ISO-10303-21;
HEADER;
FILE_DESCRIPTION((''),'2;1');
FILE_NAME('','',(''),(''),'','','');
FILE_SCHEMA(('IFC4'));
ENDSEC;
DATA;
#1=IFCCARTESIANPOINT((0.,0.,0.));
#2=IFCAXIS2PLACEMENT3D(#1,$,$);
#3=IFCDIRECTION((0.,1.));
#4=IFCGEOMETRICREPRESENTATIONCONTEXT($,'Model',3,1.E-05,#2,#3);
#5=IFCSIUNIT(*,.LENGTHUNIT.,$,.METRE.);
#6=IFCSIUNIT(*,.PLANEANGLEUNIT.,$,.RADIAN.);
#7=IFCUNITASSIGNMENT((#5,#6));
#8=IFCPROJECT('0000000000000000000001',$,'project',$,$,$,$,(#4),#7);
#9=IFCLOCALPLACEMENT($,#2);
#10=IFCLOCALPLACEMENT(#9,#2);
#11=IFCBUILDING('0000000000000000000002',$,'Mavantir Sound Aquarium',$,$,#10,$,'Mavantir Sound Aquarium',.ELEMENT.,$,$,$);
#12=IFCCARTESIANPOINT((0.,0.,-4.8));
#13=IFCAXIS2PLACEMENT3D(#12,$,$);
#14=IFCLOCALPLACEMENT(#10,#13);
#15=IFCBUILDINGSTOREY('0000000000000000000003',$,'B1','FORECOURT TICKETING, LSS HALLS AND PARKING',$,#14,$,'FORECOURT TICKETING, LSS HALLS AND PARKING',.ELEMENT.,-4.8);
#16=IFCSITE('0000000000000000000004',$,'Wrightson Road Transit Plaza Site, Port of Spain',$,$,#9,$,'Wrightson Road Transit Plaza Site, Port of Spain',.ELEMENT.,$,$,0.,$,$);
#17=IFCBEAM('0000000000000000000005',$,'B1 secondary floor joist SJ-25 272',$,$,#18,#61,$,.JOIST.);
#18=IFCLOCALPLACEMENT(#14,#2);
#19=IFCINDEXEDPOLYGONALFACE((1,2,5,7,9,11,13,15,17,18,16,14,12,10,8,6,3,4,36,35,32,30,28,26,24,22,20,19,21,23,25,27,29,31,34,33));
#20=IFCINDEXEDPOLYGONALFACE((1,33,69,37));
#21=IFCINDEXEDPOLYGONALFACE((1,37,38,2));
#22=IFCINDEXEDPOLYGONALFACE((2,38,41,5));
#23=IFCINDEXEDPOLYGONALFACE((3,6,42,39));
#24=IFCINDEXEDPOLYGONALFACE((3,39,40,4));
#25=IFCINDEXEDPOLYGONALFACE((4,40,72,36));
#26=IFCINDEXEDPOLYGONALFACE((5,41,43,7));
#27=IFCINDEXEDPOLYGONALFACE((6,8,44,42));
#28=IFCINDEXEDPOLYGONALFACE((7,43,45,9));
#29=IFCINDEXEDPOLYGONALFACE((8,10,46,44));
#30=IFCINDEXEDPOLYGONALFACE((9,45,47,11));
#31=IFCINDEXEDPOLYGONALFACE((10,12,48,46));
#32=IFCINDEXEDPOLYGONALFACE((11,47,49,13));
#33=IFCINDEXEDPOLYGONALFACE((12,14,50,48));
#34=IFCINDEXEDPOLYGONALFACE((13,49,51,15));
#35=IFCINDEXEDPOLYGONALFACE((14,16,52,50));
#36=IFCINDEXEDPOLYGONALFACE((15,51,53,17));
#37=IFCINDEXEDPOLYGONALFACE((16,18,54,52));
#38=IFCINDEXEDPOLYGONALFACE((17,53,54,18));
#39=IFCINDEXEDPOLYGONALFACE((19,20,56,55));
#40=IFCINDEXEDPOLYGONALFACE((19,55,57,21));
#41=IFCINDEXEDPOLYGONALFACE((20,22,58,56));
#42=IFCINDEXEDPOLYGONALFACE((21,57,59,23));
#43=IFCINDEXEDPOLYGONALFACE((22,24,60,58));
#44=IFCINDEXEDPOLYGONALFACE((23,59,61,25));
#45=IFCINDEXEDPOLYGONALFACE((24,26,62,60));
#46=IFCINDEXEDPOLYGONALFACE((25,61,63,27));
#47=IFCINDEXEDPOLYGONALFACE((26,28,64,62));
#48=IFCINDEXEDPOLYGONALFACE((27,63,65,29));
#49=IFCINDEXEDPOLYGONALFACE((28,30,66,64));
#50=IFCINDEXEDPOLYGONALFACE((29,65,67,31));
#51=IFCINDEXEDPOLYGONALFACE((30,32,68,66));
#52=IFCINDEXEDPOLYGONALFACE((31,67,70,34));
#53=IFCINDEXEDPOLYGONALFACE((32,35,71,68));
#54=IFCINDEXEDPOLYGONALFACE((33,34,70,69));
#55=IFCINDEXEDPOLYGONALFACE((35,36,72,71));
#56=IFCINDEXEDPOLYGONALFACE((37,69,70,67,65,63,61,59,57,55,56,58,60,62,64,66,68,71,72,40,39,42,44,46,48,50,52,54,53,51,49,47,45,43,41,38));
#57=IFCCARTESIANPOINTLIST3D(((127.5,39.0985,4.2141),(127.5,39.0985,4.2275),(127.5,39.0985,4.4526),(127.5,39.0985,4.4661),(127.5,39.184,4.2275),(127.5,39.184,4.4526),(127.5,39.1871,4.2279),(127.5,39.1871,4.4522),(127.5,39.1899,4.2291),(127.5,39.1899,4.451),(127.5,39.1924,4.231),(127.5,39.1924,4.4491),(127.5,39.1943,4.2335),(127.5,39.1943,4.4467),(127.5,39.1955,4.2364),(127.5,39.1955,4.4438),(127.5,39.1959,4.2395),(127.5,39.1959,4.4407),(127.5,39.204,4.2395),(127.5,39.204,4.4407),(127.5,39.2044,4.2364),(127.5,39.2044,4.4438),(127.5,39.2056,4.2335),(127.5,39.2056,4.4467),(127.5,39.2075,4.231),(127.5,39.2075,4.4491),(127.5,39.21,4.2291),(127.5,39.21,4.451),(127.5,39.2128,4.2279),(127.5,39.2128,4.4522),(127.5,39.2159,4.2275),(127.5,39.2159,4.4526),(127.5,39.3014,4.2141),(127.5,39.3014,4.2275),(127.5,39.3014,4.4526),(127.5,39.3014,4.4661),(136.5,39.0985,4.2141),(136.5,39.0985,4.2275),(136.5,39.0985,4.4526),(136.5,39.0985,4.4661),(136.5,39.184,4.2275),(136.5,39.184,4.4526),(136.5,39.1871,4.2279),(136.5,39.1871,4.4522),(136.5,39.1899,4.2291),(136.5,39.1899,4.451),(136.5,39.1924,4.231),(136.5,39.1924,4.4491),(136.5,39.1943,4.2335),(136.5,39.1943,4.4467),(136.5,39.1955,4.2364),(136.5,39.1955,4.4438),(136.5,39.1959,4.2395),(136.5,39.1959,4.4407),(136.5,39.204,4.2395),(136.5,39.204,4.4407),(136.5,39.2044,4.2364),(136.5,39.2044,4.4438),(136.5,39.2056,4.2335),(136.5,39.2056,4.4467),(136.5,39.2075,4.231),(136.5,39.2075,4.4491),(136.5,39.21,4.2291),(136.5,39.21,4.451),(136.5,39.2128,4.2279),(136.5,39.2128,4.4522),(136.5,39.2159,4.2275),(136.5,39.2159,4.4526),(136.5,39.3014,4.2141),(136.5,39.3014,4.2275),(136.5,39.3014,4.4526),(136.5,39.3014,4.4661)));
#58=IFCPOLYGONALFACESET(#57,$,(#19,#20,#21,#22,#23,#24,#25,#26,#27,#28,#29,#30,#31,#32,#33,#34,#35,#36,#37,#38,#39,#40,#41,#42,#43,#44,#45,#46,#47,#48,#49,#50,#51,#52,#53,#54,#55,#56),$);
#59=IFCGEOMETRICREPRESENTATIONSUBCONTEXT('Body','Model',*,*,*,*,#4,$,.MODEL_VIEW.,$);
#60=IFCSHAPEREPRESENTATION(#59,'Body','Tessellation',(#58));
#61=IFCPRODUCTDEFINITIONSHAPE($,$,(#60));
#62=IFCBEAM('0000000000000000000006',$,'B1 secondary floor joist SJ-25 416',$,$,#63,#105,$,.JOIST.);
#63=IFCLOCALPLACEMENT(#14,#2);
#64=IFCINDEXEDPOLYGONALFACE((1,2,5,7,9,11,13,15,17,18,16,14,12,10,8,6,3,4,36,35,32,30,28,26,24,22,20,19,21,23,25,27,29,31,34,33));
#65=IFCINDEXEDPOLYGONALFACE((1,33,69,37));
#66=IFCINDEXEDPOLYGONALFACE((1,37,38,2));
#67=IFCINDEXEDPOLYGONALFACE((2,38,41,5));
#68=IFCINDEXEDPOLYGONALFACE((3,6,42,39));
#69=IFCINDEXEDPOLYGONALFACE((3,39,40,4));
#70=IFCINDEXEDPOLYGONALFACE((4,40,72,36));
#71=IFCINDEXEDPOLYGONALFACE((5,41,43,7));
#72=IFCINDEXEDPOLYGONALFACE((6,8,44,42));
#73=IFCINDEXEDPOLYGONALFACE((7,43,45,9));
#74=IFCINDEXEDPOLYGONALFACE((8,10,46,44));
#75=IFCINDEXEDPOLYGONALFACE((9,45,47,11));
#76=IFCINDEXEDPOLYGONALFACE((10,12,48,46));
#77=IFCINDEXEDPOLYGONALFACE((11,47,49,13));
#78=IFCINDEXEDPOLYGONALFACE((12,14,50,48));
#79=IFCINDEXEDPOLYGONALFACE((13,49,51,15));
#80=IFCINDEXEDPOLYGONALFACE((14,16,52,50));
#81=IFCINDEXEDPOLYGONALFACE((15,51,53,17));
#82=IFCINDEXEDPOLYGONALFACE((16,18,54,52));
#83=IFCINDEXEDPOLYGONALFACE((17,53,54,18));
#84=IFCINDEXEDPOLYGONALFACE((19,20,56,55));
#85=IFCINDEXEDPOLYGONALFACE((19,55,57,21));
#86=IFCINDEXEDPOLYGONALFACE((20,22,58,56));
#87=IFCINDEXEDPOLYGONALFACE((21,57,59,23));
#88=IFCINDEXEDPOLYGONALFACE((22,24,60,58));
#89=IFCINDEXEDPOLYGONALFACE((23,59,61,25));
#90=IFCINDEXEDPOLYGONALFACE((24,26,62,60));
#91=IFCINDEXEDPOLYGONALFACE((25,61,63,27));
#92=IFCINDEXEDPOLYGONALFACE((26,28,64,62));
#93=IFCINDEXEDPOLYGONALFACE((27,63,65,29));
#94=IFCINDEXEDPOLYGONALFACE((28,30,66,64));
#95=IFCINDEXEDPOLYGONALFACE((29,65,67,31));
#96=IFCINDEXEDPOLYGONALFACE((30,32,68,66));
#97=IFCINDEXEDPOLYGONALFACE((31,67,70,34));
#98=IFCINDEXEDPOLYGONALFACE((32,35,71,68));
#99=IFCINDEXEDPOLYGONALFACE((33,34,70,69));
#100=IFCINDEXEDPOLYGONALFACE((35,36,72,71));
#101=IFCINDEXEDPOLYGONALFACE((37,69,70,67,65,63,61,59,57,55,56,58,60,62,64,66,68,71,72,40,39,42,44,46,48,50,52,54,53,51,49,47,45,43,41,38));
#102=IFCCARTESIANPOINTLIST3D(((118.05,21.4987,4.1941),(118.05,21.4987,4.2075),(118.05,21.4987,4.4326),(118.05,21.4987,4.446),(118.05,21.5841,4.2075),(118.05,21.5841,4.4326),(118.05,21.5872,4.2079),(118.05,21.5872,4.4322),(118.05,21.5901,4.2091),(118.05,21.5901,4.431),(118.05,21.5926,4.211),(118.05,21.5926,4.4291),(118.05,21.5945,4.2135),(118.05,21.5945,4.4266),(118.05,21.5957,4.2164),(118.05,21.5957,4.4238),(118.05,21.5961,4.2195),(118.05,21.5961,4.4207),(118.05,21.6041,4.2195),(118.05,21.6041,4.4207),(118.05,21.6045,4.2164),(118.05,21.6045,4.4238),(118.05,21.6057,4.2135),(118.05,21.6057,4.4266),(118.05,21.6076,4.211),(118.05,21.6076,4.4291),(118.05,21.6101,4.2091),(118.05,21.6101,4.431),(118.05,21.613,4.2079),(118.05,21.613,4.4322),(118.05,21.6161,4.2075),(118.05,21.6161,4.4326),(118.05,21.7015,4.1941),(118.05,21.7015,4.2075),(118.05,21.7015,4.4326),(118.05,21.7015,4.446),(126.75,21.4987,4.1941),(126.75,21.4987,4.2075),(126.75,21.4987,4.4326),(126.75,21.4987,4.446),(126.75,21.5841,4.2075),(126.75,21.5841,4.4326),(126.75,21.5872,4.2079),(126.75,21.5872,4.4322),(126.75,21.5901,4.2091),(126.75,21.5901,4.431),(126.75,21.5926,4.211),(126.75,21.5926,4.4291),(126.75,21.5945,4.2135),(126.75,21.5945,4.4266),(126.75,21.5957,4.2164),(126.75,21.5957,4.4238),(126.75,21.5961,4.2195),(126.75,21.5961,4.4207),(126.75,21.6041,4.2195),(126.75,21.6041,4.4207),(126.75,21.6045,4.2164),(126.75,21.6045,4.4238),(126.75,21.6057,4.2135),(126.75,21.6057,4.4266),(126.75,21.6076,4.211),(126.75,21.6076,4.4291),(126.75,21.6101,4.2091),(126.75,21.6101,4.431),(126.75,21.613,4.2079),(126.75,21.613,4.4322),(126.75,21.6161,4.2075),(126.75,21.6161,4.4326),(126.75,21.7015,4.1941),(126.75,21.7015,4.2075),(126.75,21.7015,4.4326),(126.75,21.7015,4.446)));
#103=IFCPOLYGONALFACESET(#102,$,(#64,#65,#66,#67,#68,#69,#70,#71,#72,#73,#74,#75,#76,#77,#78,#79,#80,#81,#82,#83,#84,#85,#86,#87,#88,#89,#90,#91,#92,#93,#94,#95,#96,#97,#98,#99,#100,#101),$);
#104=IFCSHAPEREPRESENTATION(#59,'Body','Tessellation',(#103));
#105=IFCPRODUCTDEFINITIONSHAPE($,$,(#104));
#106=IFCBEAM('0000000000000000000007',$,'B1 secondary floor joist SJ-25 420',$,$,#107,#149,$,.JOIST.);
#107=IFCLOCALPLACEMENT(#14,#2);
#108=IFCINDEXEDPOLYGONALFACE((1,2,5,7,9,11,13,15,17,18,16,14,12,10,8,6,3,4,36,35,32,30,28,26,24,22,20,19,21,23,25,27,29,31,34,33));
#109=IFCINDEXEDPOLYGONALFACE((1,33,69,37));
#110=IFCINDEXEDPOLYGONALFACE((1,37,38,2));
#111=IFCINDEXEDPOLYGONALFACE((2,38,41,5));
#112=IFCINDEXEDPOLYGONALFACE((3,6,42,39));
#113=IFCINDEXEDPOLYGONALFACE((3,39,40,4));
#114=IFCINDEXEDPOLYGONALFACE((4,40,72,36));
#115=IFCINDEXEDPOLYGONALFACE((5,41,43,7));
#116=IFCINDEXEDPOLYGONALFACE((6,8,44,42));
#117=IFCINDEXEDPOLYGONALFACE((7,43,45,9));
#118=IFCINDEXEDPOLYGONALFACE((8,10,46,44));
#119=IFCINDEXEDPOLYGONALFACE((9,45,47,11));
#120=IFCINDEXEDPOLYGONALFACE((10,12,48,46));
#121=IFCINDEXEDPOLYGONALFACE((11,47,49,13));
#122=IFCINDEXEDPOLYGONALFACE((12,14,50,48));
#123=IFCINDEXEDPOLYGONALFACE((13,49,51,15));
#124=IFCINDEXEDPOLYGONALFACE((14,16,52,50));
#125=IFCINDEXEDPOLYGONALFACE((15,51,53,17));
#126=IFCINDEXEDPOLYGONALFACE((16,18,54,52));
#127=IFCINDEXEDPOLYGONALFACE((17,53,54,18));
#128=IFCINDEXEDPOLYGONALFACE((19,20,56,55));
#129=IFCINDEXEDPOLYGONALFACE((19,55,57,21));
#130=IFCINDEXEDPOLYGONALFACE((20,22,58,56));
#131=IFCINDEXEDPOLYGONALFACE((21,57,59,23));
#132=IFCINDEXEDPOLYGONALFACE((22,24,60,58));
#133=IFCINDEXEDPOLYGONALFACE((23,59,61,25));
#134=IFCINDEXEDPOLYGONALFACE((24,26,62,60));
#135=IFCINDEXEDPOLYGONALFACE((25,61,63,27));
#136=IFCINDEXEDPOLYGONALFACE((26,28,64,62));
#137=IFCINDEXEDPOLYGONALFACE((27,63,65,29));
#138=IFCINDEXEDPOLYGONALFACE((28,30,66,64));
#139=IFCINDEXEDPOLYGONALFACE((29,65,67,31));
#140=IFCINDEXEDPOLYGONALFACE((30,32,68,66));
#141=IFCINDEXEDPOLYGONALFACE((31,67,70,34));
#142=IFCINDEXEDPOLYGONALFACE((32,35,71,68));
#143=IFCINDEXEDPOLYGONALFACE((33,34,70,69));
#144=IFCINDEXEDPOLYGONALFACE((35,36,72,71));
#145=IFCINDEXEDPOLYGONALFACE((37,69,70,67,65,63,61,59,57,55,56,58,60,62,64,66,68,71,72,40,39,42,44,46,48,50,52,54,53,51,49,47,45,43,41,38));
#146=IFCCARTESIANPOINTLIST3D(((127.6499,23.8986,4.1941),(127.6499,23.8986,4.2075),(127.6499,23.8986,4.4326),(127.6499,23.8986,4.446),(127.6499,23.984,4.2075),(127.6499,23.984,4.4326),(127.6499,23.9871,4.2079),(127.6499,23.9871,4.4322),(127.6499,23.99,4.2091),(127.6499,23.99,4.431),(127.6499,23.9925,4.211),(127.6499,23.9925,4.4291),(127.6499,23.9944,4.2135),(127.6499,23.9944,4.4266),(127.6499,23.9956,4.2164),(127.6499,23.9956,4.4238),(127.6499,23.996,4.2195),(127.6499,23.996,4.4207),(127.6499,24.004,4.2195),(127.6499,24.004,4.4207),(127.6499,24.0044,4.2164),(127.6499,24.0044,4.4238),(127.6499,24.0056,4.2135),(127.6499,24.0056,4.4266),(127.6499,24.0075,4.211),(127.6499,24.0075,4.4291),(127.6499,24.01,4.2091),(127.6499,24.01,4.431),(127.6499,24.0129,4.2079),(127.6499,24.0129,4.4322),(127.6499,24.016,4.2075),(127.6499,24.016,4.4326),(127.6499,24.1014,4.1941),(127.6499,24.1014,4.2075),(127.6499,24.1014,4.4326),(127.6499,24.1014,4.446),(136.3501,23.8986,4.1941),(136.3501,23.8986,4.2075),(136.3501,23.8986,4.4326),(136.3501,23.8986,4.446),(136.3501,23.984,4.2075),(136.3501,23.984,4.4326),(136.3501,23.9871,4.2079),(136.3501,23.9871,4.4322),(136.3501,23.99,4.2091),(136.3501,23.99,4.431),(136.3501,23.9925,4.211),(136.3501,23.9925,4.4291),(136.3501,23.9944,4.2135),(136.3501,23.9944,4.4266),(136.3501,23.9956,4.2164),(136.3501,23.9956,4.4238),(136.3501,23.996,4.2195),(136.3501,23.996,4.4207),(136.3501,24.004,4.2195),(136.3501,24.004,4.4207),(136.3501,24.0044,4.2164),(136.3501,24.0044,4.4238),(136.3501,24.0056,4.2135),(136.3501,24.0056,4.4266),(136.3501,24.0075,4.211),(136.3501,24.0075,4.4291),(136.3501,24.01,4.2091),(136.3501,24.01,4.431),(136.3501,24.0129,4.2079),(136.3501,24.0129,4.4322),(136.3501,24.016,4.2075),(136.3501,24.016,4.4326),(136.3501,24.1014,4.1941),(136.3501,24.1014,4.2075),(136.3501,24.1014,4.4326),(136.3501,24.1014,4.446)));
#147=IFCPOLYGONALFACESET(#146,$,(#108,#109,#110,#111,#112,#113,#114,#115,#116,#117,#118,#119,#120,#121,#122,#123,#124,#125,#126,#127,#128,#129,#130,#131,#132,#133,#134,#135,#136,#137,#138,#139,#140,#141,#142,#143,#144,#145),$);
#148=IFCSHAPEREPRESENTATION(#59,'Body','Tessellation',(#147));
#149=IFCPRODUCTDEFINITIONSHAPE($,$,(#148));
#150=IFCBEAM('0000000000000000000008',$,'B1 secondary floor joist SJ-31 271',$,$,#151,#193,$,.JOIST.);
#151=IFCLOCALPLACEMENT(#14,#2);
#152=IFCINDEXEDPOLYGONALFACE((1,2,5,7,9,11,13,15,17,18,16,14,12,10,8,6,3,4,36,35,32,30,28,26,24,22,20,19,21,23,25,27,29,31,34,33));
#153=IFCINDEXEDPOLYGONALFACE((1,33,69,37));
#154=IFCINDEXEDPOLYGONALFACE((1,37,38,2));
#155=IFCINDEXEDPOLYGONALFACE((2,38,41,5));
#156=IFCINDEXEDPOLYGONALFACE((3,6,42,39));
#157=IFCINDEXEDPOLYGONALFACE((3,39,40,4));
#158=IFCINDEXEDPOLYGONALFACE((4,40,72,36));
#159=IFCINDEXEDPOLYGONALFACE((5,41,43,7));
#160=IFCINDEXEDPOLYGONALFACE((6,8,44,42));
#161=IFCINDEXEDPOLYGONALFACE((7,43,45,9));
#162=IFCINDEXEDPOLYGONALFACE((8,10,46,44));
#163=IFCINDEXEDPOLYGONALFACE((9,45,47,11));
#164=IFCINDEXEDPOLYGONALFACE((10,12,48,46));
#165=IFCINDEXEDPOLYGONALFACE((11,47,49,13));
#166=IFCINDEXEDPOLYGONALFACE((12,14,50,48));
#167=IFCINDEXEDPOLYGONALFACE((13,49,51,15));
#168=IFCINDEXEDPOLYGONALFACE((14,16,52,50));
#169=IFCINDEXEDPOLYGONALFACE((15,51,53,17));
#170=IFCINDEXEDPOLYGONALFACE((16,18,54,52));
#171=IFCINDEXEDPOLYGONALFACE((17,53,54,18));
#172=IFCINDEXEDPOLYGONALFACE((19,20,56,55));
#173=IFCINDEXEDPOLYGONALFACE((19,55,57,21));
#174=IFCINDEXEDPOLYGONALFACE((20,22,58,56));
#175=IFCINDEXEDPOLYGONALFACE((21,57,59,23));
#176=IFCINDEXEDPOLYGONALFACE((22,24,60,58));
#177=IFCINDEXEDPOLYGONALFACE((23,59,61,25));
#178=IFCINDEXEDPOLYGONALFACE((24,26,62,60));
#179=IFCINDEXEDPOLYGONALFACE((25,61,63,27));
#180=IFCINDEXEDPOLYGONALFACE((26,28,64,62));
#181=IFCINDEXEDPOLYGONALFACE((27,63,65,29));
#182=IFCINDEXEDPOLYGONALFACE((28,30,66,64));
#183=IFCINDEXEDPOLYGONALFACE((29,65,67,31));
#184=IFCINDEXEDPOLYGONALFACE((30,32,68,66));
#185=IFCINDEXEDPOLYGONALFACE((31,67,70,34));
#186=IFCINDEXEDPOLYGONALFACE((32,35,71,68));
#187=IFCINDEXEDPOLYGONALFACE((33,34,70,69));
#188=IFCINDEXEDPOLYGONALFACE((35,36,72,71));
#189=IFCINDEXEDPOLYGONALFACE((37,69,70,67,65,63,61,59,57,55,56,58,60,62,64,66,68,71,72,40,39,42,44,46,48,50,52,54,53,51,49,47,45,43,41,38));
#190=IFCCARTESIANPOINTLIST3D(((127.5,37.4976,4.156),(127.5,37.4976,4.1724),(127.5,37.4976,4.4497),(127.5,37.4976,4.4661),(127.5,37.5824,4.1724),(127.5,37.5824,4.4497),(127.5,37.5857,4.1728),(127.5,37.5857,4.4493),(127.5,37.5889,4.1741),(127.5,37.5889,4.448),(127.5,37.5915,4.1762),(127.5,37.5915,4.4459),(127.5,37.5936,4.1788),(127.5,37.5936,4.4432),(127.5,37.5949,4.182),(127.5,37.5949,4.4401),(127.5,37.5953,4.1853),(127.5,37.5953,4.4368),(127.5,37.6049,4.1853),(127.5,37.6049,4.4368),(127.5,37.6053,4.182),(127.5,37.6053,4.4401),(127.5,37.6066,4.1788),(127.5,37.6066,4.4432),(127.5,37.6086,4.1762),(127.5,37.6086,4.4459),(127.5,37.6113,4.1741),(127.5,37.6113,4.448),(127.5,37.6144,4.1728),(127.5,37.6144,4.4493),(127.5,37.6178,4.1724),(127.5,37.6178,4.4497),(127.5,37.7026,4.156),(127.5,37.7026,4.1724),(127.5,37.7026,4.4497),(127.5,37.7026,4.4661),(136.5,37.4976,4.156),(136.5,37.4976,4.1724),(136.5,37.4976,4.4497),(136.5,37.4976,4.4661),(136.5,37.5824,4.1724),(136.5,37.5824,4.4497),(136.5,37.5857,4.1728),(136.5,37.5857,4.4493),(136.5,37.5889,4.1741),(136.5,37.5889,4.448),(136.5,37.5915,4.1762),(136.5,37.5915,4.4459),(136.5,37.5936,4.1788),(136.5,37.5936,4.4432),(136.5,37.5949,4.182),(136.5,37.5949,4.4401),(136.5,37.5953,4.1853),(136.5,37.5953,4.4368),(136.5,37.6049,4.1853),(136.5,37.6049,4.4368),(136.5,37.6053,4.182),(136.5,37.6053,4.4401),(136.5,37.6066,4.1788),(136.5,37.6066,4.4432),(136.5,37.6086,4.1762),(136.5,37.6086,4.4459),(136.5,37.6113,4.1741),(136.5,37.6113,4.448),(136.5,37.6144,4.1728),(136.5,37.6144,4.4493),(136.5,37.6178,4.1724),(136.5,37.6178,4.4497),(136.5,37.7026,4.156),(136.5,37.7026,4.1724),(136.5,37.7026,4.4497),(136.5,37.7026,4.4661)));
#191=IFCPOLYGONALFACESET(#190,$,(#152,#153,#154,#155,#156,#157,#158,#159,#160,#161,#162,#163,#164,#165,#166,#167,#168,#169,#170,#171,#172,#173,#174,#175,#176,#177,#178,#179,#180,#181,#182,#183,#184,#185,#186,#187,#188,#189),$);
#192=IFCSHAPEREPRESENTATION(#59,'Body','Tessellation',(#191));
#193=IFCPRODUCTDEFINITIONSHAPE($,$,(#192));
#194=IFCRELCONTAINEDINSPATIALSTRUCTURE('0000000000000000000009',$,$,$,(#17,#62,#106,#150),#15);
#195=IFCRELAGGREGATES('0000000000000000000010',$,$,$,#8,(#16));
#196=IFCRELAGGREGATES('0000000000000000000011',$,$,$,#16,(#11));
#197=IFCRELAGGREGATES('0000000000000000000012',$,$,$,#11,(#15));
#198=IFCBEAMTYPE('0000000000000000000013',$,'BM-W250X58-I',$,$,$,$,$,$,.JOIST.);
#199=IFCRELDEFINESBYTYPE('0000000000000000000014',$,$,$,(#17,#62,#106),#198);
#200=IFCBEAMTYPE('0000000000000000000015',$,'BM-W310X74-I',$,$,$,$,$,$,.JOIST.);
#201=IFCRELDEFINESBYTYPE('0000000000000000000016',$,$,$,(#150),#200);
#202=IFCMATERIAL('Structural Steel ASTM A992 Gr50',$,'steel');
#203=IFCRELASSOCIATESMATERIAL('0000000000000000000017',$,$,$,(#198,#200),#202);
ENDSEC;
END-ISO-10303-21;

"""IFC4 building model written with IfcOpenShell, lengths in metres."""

from ifc_helpers import new_model, si_unit, direction, frame, origin, origin_2d, place, context, subcontext, project, spatial, i_section, extrude, material, material_profile, profile_set, type_object, element, save


model = new_model("IFC4")

# Units and contexts
model_context = context("Model", 3, precision=1e-05, world=origin(), true_north=direction((0.0, 1.0)))
body_context = subcontext(model_context, "Body", "Model", "MODEL_VIEW")
ifc_project = project(units=[si_unit("LENGTHUNIT", "METRE"), si_unit("PLANEANGLEUNIT", "RADIAN")], contexts=[model_context])

# Site, building, storey
site_placement = place(None, origin())
site = spatial("IfcSite", under=ifc_project, at=site_placement, Name="Wrightson Road Transit Plaza Site, Port of Spain", LongName="Wrightson Road Transit Plaza Site, Port of Spain", CompositionType="ELEMENT", RefElevation=0.0)
building_placement = place(site_placement, origin())
building = spatial("IfcBuilding", under=site, at=building_placement, Name="Mavantir Sound Aquarium", LongName="Mavantir Sound Aquarium", CompositionType="ELEMENT")
storey_placement = place(building_placement, frame((0.0, 0.0, -4.8)))
storey = spatial("IfcBuildingStorey", under=building, at=storey_placement, Name="B1", Description="FORECOURT TICKETING, LSS HALLS AND PARKING", LongName="FORECOURT TICKETING, LSS HALLS AND PARKING", CompositionType="ELEMENT", Elevation=-4.8)

# Beams
ifc_material_1 = material(Name="Structural Steel ASTM A992 Gr50", Category="steel")
ifc_material_profile_1 = material_profile(ifc_material_1, i_section(OverallWidth=0.2029, OverallDepth=0.252, WebThickness=0.0081, FlangeThickness=0.0134, FilletRadius=0.012, at=origin_2d()), Name="W250X58")
ifc_profile_set_1 = profile_set([ifc_material_profile_1], Name="Structural Steel ASTM A992 Gr50")
beam_type_1 = type_object("IfcBeamType", Name="BM-W250X58-I", PredefinedType="JOIST", material=ifc_profile_set_1)
beam_1_placement = place(storey_placement, frame((127.5, 39.2, 4.3401), z_axis=(1.0, 0.0, 0.0), x_axis=(0.0, 1.0, 0.0)))
element("IfcBeam", 1, at=beam_1_placement, inside=storey, type_object=beam_type_1, Name="B1 secondary floor joist SJ-25 272", PredefinedType="JOIST", context=body_context, shape_type="SweptSolid", body=[
    extrude(i_section(OverallWidth=0.2029, OverallDepth=0.252, WebThickness=0.0081, FlangeThickness=0.0134, FilletRadius=0.012, at=origin_2d()), origin(), (0.0, 0.0, 1.0), 9.0),
])
beam_2_placement = place(storey_placement, frame((118.05, 21.6001, 4.3201), z_axis=(1.0, 0.0, 0.0), x_axis=(0.0, 1.0, 0.0)))
element("IfcBeam", 2, at=beam_2_placement, inside=storey, type_object=beam_type_1, Name="B1 secondary floor joist SJ-25 416", PredefinedType="JOIST", context=body_context, shape_type="SweptSolid", body=[
    extrude(i_section(OverallWidth=0.2029, OverallDepth=0.252, WebThickness=0.0081, FlangeThickness=0.0134, FilletRadius=0.012, at=origin_2d()), origin(), (0.0, 0.0, 1.0), 8.7),
])
beam_3_placement = place(storey_placement, frame((127.6499, 24.0, 4.3201), z_axis=(1.0, 0.0, 0.0), x_axis=(0.0, 1.0, 0.0)))
element("IfcBeam", 3, at=beam_3_placement, inside=storey, type_object=beam_type_1, Name="B1 secondary floor joist SJ-25 420", PredefinedType="JOIST", context=body_context, shape_type="SweptSolid", body=[
    extrude(i_section(OverallWidth=0.2029, OverallDepth=0.252, WebThickness=0.0081, FlangeThickness=0.0134, FilletRadius=0.012, at=origin_2d()), origin(), (0.0, 0.0, 1.0), 8.7002),
])
ifc_material_profile_2 = material_profile(ifc_material_1, i_section(OverallWidth=0.2051, OverallDepth=0.3101, WebThickness=0.0095, FlangeThickness=0.0164, FilletRadius=0.0129, at=origin_2d()), Name="W310X74")
ifc_profile_set_2 = profile_set([ifc_material_profile_2], Name="Structural Steel ASTM A992 Gr50")
beam_type_2 = type_object("IfcBeamType", Name="BM-W310X74-I", PredefinedType="JOIST", material=ifc_profile_set_2)
beam_4_placement = place(storey_placement, frame((127.5, 37.6001, 4.311), z_axis=(1.0, 0.0, 0.0), x_axis=(0.0, 1.0, 0.0)))
element("IfcBeam", 4, at=beam_4_placement, inside=storey, type_object=beam_type_2, Name="B1 secondary floor joist SJ-31 271", PredefinedType="JOIST", context=body_context, shape_type="SweptSolid", body=[
    extrude(i_section(OverallWidth=0.2051, OverallDepth=0.3101, WebThickness=0.0095, FlangeThickness=0.0164, FilletRadius=0.0129, at=origin_2d()), origin(), (0.0, 0.0, 1.0), 9.0),
])

save(model, "model.ifc")
